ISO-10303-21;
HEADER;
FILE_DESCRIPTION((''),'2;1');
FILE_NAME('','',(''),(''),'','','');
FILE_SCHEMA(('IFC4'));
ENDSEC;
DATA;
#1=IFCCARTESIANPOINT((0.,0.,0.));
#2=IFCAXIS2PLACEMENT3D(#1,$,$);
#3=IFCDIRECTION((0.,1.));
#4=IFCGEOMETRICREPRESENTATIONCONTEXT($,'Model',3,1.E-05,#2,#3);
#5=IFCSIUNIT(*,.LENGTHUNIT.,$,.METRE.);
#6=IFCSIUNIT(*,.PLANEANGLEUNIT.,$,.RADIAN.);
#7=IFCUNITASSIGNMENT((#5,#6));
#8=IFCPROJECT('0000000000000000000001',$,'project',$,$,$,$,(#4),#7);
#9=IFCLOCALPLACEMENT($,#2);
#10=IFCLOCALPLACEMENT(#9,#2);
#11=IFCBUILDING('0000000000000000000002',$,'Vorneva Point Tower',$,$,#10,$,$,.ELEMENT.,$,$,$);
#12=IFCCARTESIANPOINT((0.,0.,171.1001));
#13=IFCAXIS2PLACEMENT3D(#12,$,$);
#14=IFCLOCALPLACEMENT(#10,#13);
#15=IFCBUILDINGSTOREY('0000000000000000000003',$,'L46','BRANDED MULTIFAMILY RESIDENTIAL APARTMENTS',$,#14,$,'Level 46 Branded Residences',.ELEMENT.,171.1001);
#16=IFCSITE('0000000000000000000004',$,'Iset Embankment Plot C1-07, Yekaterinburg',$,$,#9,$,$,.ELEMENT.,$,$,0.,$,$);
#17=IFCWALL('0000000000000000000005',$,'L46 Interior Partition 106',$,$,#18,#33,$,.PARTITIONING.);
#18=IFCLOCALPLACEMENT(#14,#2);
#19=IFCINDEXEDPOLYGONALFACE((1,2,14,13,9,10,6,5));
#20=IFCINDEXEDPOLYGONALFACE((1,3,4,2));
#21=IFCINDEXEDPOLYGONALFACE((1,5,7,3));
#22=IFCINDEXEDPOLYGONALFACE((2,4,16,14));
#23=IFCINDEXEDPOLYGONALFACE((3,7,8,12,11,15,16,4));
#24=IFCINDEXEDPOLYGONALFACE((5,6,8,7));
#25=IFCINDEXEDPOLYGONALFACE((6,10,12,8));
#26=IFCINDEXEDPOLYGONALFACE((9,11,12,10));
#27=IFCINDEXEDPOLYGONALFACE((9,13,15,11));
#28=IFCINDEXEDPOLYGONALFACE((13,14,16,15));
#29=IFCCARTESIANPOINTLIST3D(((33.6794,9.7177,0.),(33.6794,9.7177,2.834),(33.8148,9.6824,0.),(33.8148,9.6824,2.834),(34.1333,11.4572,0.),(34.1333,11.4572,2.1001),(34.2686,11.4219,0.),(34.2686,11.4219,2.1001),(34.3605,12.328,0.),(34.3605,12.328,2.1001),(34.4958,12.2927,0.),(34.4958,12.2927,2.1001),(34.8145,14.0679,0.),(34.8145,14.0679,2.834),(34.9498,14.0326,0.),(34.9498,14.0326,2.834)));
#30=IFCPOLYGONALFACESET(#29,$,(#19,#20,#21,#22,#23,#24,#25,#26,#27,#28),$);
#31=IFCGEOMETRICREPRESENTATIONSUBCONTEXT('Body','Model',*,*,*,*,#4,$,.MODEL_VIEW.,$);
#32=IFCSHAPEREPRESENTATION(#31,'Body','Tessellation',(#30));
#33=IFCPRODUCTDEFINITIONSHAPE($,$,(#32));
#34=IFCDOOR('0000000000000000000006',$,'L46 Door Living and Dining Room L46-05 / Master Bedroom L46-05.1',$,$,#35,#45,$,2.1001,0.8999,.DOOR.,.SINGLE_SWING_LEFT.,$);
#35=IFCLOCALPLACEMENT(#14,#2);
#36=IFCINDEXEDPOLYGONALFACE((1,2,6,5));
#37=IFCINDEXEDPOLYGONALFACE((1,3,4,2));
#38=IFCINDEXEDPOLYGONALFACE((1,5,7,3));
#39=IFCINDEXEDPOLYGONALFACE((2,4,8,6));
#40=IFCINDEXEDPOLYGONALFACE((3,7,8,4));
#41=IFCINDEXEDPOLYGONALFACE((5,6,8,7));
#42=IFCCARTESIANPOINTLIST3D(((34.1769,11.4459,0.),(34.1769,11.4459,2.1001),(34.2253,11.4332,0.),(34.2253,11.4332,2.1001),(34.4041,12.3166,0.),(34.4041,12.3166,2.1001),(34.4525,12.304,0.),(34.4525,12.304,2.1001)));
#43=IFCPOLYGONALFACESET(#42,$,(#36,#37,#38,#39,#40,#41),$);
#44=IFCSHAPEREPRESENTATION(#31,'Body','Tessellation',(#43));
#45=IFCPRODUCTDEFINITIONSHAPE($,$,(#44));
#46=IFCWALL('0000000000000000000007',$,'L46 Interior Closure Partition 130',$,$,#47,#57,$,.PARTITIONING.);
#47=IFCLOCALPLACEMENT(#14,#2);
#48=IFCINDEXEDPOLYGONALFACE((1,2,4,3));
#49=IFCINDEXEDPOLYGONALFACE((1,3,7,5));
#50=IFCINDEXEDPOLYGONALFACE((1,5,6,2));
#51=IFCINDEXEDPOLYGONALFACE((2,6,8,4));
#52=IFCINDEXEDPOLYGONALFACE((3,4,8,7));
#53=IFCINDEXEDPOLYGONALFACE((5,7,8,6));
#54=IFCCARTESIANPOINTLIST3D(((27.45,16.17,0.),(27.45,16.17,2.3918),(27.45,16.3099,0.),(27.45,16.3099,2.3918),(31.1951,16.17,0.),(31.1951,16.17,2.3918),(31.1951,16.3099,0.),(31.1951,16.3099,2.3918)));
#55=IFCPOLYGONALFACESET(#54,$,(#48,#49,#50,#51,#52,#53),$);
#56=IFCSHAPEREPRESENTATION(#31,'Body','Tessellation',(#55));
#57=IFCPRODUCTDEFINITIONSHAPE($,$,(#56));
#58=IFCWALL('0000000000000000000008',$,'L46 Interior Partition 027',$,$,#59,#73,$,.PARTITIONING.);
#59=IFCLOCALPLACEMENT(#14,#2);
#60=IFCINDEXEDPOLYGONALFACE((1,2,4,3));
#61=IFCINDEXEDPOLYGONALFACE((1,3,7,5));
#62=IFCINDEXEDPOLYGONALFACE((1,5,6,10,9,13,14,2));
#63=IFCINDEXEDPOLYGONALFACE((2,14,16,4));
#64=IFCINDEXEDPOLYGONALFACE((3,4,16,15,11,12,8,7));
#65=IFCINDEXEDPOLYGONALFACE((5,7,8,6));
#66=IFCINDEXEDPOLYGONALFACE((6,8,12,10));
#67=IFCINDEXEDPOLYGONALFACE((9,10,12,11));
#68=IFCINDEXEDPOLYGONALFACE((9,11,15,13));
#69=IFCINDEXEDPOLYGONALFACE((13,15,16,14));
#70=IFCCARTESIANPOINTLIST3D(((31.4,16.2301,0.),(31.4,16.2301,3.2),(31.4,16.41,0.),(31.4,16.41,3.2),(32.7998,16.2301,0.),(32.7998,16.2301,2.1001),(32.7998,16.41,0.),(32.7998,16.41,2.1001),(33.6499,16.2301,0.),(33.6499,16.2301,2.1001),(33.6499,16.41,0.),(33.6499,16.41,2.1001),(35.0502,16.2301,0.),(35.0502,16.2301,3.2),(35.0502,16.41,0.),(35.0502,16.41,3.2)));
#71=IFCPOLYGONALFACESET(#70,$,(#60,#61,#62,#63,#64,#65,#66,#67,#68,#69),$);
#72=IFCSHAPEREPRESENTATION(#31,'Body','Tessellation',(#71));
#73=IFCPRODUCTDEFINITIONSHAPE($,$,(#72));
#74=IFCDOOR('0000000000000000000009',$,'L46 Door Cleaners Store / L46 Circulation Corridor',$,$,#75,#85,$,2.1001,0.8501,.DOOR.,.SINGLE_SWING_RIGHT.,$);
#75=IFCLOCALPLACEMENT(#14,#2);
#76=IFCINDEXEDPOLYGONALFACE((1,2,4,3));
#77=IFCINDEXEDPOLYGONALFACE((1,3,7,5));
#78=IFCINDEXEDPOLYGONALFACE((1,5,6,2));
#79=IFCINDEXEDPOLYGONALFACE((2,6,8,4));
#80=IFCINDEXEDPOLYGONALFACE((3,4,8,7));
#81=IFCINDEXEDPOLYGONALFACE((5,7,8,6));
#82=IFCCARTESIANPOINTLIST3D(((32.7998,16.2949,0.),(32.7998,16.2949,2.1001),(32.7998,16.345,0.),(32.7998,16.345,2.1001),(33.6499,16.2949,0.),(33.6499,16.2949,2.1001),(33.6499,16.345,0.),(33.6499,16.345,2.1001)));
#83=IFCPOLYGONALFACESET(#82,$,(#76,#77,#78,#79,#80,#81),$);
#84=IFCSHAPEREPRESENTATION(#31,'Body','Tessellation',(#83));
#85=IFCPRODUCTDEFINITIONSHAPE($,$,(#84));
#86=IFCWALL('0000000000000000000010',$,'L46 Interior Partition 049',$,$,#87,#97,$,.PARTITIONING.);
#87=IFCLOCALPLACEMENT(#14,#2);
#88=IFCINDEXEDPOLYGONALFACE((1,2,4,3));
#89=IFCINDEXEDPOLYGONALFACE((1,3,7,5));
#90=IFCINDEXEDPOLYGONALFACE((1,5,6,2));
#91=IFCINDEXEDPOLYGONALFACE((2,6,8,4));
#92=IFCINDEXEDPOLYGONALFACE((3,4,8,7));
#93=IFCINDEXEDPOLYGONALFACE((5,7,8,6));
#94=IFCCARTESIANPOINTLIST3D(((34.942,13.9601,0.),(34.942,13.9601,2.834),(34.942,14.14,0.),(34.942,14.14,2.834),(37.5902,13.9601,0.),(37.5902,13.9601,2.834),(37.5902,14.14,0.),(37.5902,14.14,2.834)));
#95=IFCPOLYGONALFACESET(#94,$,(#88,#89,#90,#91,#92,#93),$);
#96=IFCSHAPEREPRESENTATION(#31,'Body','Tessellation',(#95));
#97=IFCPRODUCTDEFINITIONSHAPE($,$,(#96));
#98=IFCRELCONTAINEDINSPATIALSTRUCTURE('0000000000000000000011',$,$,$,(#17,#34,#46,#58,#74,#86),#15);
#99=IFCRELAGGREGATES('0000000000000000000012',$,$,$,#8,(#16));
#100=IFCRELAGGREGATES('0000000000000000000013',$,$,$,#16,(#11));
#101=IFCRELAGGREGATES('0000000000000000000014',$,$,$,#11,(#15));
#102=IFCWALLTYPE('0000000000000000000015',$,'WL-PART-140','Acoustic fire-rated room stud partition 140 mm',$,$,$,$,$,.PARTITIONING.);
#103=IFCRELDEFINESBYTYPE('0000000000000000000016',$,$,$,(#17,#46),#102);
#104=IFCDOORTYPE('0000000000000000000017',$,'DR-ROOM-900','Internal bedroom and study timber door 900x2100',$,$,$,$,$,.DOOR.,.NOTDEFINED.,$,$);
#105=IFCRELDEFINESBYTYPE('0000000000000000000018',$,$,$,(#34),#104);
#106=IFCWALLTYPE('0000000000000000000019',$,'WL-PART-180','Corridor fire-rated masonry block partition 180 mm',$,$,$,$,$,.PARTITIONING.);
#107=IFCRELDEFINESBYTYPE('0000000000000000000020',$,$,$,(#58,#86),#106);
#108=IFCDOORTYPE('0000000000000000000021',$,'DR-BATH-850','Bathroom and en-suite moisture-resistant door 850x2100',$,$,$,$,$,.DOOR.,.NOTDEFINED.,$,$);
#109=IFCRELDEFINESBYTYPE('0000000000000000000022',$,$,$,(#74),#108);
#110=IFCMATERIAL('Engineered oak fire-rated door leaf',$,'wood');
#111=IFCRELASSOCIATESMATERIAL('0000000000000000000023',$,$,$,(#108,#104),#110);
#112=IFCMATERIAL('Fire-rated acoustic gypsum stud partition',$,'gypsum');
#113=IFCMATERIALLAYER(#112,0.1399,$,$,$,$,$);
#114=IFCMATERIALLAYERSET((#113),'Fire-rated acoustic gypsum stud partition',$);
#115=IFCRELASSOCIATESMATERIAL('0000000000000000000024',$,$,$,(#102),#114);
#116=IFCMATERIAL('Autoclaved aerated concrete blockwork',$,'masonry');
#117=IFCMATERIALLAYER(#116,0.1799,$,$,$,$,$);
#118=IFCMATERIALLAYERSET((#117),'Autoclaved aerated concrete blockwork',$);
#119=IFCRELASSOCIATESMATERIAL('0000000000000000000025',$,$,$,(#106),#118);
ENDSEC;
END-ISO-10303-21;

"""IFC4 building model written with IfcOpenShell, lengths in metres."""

from ifc_helpers import new_model, si_unit, direction, frame, frame_2d, origin, place, context, subcontext, project, spatial, rectangle, extrude, material, layer, layer_set, type_object, element, fill, save


model = new_model("IFC4")

# Units and contexts
model_context = context("Model", 3, precision=1e-05, world=origin(), true_north=direction((0.0, 1.0)))
body_context = subcontext(model_context, "Body", "Model", "MODEL_VIEW")
ifc_project = project(units=[si_unit("LENGTHUNIT", "METRE"), si_unit("PLANEANGLEUNIT", "RADIAN")], contexts=[model_context])

# Site, building, storey
site_placement = place(None, origin())
site = spatial("IfcSite", under=ifc_project, at=site_placement, Name="Iset Embankment Plot C1-07, Yekaterinburg", CompositionType="ELEMENT", RefElevation=0.0)
building_placement = place(site_placement, origin())
building = spatial("IfcBuilding", under=site, at=building_placement, Name="Vorneva Point Tower", CompositionType="ELEMENT")
storey_placement = place(building_placement, frame((0.0, 0.0, 171.1001)))
storey = spatial("IfcBuildingStorey", under=building, at=storey_placement, Name="L46", Description="BRANDED MULTIFAMILY RESIDENTIAL APARTMENTS", LongName="Level 46 Branded Residences", CompositionType="ELEMENT", Elevation=171.1001)

# Shared definitions
ifc_material_1 = material(Name="Fire-rated acoustic gypsum stud partition", Category="gypsum")
ifc_material_2 = material(Name="Engineered oak fire-rated door leaf", Category="wood")
door_type_1 = type_object("IfcDoorType", Name="DR-BATH-850", Description="Bathroom and en-suite moisture-resistant door 850x2100", OperationType="NOTDEFINED", PredefinedType="DOOR", material=ifc_material_2)

# Shared definitions
door_type_2 = type_object("IfcDoorType", Name="DR-ROOM-900", Description="Internal bedroom and study timber door 900x2100", OperationType="NOTDEFINED", PredefinedType="DOOR", material=ifc_material_2)

# Shared definitions
ifc_layer_1 = layer(ifc_material_1, 0.1399)
ifc_layer_set_1 = layer_set([ifc_layer_1], Name="Fire-rated acoustic gypsum stud partition")
wall_type_1 = type_object("IfcWallType", Name="WL-PART-140", Description="Acoustic fire-rated room stud partition 140 mm", PredefinedType="PARTITIONING", material=ifc_layer_set_1)

# Wall, opening, door
wall_1_placement = place(storey_placement, frame((33.7471, 9.7, 0.0), z_axis=(0.0, 0.0, 1.0), x_axis=(0.252464, 0.967606, 0.0)))
wall_1 = element("IfcWall", 1, at=wall_1_placement, inside=storey, type_object=wall_type_1, Name="L46 Interior Partition 106", PredefinedType="PARTITIONING", context=body_context, shape_type="SweptSolid", body=[
    extrude(rectangle(XDim=4.4958, YDim=0.1399, at=frame_2d((2.248, 0.0))), origin(), (0.0, 0.0, 1.0), 2.834),
])
opening_1_placement = place(wall_1_placement, frame((1.7979, 0.0, 0.0)))
opening_1 = element("IfcOpeningElement", 2, at=opening_1_placement, cuts=wall_1, PredefinedType="OPENING", context=body_context, shape_type="SweptSolid", body=[
    extrude(rectangle(XDim=0.8999, YDim=2.1001, at=frame_2d((0.45, 1.05))), frame((0.0, 0.085, 0.0), z_axis=(0.0, -1.0, 0.0), x_axis=(1.0, 0.0, 0.0)), (0.0, 0.0, 1.0), 0.1697),
])
door_1_placement = place(opening_1_placement, origin())
door_1 = element("IfcDoor", 3, at=door_1_placement, inside=storey, type_object=door_type_2, Name="L46 Door Living and Dining Room L46-05 / Master Bedroom L46-05.1", OperationType="SINGLE_SWING_LEFT", OverallHeight=2.1001, OverallWidth=0.8999, PredefinedType="DOOR", context=body_context, shape_type="SweptSolid", body=[
    extrude(rectangle(XDim=0.8999, YDim=2.1001, at=frame_2d((0.45, 1.05))), frame((0.0, 0.0249, 0.0), z_axis=(0.0, -1.0, 0.0), x_axis=(1.0, 0.0, 0.0)), (0.0, 0.0, 1.0), 0.05),
])
fill(opening_1, door_1)

# Wall
wall_2_placement = place(storey_placement, frame((27.45, 16.24, 0.0), z_axis=(0.0, 0.0, 1.0), x_axis=(1.0, 0.0, 0.0)))
element("IfcWall", 4, at=wall_2_placement, inside=storey, type_object=wall_type_1, Name="L46 Interior Closure Partition 130", PredefinedType="PARTITIONING", context=body_context, shape_type="SweptSolid", body=[
    extrude(rectangle(XDim=3.7451, YDim=0.1399, at=frame_2d((1.8726, 0.0))), origin(), (0.0, 0.0, 1.0), 2.3918),
])

# Wall, opening, door
ifc_material_3 = material(Name="Autoclaved aerated concrete blockwork", Category="masonry")
ifc_layer_2 = layer(ifc_material_3, 0.1799)
ifc_layer_set_2 = layer_set([ifc_layer_2], Name="Autoclaved aerated concrete blockwork")
wall_type_2 = type_object("IfcWallType", Name="WL-PART-180", Description="Corridor fire-rated masonry block partition 180 mm", PredefinedType="PARTITIONING", material=ifc_layer_set_2)
wall_3_placement = place(storey_placement, frame((31.3999, 16.3201, 0.0), z_axis=(0.0, 0.0, 1.0), x_axis=(1.0, 0.0, 0.0)))
wall_3 = element("IfcWall", 5, at=wall_3_placement, inside=storey, type_object=wall_type_2, Name="L46 Interior Partition 027", PredefinedType="PARTITIONING", context=body_context, shape_type="SweptSolid", body=[
    extrude(rectangle(XDim=3.6501, YDim=0.1799, at=frame_2d((1.8252, 0.0))), origin(), (0.0, 0.0, 1.0), 3.2),
])
opening_2_placement = place(wall_3_placement, frame((1.3999, 0.0, 0.0)))
opening_2 = element("IfcOpeningElement", 6, at=opening_2_placement, cuts=wall_3, PredefinedType="OPENING", context=body_context, shape_type="SweptSolid", body=[
    extrude(rectangle(XDim=0.8501, YDim=2.1001, at=frame_2d((0.425, 1.05))), frame((0.0, 0.105, 0.0), z_axis=(0.0, -1.0, 0.0), x_axis=(1.0, 0.0, 0.0)), (0.0, 0.0, 1.0), 0.2097),
])
door_2_placement = place(opening_2_placement, origin())
door_2 = element("IfcDoor", 7, at=door_2_placement, inside=storey, type_object=door_type_1, Name="L46 Door Cleaners Store / L46 Circulation Corridor", OperationType="SINGLE_SWING_RIGHT", OverallHeight=2.1001, OverallWidth=0.8501, PredefinedType="DOOR", context=body_context, shape_type="SweptSolid", body=[
    extrude(rectangle(XDim=0.8501, YDim=2.1001, at=frame_2d((0.425, 1.05))), frame((0.0, 0.0249, 0.0), z_axis=(0.0, -1.0, 0.0), x_axis=(1.0, 0.0, 0.0)), (0.0, 0.0, 1.0), 0.05),
])
fill(opening_2, door_2)

# Wall
wall_4_placement = place(storey_placement, frame((34.9419, 14.05, 0.0), z_axis=(0.0, 0.0, 1.0), x_axis=(1.0, 0.0, 0.0)))
element("IfcWall", 8, at=wall_4_placement, inside=storey, type_object=wall_type_2, Name="L46 Interior Partition 049", PredefinedType="PARTITIONING", context=body_context, shape_type="SweptSolid", body=[
    extrude(rectangle(XDim=2.6482, YDim=0.1799, at=frame_2d((1.3242, 0.0))), origin(), (0.0, 0.0, 1.0), 2.834),
])

save(model, "model.ifc")
